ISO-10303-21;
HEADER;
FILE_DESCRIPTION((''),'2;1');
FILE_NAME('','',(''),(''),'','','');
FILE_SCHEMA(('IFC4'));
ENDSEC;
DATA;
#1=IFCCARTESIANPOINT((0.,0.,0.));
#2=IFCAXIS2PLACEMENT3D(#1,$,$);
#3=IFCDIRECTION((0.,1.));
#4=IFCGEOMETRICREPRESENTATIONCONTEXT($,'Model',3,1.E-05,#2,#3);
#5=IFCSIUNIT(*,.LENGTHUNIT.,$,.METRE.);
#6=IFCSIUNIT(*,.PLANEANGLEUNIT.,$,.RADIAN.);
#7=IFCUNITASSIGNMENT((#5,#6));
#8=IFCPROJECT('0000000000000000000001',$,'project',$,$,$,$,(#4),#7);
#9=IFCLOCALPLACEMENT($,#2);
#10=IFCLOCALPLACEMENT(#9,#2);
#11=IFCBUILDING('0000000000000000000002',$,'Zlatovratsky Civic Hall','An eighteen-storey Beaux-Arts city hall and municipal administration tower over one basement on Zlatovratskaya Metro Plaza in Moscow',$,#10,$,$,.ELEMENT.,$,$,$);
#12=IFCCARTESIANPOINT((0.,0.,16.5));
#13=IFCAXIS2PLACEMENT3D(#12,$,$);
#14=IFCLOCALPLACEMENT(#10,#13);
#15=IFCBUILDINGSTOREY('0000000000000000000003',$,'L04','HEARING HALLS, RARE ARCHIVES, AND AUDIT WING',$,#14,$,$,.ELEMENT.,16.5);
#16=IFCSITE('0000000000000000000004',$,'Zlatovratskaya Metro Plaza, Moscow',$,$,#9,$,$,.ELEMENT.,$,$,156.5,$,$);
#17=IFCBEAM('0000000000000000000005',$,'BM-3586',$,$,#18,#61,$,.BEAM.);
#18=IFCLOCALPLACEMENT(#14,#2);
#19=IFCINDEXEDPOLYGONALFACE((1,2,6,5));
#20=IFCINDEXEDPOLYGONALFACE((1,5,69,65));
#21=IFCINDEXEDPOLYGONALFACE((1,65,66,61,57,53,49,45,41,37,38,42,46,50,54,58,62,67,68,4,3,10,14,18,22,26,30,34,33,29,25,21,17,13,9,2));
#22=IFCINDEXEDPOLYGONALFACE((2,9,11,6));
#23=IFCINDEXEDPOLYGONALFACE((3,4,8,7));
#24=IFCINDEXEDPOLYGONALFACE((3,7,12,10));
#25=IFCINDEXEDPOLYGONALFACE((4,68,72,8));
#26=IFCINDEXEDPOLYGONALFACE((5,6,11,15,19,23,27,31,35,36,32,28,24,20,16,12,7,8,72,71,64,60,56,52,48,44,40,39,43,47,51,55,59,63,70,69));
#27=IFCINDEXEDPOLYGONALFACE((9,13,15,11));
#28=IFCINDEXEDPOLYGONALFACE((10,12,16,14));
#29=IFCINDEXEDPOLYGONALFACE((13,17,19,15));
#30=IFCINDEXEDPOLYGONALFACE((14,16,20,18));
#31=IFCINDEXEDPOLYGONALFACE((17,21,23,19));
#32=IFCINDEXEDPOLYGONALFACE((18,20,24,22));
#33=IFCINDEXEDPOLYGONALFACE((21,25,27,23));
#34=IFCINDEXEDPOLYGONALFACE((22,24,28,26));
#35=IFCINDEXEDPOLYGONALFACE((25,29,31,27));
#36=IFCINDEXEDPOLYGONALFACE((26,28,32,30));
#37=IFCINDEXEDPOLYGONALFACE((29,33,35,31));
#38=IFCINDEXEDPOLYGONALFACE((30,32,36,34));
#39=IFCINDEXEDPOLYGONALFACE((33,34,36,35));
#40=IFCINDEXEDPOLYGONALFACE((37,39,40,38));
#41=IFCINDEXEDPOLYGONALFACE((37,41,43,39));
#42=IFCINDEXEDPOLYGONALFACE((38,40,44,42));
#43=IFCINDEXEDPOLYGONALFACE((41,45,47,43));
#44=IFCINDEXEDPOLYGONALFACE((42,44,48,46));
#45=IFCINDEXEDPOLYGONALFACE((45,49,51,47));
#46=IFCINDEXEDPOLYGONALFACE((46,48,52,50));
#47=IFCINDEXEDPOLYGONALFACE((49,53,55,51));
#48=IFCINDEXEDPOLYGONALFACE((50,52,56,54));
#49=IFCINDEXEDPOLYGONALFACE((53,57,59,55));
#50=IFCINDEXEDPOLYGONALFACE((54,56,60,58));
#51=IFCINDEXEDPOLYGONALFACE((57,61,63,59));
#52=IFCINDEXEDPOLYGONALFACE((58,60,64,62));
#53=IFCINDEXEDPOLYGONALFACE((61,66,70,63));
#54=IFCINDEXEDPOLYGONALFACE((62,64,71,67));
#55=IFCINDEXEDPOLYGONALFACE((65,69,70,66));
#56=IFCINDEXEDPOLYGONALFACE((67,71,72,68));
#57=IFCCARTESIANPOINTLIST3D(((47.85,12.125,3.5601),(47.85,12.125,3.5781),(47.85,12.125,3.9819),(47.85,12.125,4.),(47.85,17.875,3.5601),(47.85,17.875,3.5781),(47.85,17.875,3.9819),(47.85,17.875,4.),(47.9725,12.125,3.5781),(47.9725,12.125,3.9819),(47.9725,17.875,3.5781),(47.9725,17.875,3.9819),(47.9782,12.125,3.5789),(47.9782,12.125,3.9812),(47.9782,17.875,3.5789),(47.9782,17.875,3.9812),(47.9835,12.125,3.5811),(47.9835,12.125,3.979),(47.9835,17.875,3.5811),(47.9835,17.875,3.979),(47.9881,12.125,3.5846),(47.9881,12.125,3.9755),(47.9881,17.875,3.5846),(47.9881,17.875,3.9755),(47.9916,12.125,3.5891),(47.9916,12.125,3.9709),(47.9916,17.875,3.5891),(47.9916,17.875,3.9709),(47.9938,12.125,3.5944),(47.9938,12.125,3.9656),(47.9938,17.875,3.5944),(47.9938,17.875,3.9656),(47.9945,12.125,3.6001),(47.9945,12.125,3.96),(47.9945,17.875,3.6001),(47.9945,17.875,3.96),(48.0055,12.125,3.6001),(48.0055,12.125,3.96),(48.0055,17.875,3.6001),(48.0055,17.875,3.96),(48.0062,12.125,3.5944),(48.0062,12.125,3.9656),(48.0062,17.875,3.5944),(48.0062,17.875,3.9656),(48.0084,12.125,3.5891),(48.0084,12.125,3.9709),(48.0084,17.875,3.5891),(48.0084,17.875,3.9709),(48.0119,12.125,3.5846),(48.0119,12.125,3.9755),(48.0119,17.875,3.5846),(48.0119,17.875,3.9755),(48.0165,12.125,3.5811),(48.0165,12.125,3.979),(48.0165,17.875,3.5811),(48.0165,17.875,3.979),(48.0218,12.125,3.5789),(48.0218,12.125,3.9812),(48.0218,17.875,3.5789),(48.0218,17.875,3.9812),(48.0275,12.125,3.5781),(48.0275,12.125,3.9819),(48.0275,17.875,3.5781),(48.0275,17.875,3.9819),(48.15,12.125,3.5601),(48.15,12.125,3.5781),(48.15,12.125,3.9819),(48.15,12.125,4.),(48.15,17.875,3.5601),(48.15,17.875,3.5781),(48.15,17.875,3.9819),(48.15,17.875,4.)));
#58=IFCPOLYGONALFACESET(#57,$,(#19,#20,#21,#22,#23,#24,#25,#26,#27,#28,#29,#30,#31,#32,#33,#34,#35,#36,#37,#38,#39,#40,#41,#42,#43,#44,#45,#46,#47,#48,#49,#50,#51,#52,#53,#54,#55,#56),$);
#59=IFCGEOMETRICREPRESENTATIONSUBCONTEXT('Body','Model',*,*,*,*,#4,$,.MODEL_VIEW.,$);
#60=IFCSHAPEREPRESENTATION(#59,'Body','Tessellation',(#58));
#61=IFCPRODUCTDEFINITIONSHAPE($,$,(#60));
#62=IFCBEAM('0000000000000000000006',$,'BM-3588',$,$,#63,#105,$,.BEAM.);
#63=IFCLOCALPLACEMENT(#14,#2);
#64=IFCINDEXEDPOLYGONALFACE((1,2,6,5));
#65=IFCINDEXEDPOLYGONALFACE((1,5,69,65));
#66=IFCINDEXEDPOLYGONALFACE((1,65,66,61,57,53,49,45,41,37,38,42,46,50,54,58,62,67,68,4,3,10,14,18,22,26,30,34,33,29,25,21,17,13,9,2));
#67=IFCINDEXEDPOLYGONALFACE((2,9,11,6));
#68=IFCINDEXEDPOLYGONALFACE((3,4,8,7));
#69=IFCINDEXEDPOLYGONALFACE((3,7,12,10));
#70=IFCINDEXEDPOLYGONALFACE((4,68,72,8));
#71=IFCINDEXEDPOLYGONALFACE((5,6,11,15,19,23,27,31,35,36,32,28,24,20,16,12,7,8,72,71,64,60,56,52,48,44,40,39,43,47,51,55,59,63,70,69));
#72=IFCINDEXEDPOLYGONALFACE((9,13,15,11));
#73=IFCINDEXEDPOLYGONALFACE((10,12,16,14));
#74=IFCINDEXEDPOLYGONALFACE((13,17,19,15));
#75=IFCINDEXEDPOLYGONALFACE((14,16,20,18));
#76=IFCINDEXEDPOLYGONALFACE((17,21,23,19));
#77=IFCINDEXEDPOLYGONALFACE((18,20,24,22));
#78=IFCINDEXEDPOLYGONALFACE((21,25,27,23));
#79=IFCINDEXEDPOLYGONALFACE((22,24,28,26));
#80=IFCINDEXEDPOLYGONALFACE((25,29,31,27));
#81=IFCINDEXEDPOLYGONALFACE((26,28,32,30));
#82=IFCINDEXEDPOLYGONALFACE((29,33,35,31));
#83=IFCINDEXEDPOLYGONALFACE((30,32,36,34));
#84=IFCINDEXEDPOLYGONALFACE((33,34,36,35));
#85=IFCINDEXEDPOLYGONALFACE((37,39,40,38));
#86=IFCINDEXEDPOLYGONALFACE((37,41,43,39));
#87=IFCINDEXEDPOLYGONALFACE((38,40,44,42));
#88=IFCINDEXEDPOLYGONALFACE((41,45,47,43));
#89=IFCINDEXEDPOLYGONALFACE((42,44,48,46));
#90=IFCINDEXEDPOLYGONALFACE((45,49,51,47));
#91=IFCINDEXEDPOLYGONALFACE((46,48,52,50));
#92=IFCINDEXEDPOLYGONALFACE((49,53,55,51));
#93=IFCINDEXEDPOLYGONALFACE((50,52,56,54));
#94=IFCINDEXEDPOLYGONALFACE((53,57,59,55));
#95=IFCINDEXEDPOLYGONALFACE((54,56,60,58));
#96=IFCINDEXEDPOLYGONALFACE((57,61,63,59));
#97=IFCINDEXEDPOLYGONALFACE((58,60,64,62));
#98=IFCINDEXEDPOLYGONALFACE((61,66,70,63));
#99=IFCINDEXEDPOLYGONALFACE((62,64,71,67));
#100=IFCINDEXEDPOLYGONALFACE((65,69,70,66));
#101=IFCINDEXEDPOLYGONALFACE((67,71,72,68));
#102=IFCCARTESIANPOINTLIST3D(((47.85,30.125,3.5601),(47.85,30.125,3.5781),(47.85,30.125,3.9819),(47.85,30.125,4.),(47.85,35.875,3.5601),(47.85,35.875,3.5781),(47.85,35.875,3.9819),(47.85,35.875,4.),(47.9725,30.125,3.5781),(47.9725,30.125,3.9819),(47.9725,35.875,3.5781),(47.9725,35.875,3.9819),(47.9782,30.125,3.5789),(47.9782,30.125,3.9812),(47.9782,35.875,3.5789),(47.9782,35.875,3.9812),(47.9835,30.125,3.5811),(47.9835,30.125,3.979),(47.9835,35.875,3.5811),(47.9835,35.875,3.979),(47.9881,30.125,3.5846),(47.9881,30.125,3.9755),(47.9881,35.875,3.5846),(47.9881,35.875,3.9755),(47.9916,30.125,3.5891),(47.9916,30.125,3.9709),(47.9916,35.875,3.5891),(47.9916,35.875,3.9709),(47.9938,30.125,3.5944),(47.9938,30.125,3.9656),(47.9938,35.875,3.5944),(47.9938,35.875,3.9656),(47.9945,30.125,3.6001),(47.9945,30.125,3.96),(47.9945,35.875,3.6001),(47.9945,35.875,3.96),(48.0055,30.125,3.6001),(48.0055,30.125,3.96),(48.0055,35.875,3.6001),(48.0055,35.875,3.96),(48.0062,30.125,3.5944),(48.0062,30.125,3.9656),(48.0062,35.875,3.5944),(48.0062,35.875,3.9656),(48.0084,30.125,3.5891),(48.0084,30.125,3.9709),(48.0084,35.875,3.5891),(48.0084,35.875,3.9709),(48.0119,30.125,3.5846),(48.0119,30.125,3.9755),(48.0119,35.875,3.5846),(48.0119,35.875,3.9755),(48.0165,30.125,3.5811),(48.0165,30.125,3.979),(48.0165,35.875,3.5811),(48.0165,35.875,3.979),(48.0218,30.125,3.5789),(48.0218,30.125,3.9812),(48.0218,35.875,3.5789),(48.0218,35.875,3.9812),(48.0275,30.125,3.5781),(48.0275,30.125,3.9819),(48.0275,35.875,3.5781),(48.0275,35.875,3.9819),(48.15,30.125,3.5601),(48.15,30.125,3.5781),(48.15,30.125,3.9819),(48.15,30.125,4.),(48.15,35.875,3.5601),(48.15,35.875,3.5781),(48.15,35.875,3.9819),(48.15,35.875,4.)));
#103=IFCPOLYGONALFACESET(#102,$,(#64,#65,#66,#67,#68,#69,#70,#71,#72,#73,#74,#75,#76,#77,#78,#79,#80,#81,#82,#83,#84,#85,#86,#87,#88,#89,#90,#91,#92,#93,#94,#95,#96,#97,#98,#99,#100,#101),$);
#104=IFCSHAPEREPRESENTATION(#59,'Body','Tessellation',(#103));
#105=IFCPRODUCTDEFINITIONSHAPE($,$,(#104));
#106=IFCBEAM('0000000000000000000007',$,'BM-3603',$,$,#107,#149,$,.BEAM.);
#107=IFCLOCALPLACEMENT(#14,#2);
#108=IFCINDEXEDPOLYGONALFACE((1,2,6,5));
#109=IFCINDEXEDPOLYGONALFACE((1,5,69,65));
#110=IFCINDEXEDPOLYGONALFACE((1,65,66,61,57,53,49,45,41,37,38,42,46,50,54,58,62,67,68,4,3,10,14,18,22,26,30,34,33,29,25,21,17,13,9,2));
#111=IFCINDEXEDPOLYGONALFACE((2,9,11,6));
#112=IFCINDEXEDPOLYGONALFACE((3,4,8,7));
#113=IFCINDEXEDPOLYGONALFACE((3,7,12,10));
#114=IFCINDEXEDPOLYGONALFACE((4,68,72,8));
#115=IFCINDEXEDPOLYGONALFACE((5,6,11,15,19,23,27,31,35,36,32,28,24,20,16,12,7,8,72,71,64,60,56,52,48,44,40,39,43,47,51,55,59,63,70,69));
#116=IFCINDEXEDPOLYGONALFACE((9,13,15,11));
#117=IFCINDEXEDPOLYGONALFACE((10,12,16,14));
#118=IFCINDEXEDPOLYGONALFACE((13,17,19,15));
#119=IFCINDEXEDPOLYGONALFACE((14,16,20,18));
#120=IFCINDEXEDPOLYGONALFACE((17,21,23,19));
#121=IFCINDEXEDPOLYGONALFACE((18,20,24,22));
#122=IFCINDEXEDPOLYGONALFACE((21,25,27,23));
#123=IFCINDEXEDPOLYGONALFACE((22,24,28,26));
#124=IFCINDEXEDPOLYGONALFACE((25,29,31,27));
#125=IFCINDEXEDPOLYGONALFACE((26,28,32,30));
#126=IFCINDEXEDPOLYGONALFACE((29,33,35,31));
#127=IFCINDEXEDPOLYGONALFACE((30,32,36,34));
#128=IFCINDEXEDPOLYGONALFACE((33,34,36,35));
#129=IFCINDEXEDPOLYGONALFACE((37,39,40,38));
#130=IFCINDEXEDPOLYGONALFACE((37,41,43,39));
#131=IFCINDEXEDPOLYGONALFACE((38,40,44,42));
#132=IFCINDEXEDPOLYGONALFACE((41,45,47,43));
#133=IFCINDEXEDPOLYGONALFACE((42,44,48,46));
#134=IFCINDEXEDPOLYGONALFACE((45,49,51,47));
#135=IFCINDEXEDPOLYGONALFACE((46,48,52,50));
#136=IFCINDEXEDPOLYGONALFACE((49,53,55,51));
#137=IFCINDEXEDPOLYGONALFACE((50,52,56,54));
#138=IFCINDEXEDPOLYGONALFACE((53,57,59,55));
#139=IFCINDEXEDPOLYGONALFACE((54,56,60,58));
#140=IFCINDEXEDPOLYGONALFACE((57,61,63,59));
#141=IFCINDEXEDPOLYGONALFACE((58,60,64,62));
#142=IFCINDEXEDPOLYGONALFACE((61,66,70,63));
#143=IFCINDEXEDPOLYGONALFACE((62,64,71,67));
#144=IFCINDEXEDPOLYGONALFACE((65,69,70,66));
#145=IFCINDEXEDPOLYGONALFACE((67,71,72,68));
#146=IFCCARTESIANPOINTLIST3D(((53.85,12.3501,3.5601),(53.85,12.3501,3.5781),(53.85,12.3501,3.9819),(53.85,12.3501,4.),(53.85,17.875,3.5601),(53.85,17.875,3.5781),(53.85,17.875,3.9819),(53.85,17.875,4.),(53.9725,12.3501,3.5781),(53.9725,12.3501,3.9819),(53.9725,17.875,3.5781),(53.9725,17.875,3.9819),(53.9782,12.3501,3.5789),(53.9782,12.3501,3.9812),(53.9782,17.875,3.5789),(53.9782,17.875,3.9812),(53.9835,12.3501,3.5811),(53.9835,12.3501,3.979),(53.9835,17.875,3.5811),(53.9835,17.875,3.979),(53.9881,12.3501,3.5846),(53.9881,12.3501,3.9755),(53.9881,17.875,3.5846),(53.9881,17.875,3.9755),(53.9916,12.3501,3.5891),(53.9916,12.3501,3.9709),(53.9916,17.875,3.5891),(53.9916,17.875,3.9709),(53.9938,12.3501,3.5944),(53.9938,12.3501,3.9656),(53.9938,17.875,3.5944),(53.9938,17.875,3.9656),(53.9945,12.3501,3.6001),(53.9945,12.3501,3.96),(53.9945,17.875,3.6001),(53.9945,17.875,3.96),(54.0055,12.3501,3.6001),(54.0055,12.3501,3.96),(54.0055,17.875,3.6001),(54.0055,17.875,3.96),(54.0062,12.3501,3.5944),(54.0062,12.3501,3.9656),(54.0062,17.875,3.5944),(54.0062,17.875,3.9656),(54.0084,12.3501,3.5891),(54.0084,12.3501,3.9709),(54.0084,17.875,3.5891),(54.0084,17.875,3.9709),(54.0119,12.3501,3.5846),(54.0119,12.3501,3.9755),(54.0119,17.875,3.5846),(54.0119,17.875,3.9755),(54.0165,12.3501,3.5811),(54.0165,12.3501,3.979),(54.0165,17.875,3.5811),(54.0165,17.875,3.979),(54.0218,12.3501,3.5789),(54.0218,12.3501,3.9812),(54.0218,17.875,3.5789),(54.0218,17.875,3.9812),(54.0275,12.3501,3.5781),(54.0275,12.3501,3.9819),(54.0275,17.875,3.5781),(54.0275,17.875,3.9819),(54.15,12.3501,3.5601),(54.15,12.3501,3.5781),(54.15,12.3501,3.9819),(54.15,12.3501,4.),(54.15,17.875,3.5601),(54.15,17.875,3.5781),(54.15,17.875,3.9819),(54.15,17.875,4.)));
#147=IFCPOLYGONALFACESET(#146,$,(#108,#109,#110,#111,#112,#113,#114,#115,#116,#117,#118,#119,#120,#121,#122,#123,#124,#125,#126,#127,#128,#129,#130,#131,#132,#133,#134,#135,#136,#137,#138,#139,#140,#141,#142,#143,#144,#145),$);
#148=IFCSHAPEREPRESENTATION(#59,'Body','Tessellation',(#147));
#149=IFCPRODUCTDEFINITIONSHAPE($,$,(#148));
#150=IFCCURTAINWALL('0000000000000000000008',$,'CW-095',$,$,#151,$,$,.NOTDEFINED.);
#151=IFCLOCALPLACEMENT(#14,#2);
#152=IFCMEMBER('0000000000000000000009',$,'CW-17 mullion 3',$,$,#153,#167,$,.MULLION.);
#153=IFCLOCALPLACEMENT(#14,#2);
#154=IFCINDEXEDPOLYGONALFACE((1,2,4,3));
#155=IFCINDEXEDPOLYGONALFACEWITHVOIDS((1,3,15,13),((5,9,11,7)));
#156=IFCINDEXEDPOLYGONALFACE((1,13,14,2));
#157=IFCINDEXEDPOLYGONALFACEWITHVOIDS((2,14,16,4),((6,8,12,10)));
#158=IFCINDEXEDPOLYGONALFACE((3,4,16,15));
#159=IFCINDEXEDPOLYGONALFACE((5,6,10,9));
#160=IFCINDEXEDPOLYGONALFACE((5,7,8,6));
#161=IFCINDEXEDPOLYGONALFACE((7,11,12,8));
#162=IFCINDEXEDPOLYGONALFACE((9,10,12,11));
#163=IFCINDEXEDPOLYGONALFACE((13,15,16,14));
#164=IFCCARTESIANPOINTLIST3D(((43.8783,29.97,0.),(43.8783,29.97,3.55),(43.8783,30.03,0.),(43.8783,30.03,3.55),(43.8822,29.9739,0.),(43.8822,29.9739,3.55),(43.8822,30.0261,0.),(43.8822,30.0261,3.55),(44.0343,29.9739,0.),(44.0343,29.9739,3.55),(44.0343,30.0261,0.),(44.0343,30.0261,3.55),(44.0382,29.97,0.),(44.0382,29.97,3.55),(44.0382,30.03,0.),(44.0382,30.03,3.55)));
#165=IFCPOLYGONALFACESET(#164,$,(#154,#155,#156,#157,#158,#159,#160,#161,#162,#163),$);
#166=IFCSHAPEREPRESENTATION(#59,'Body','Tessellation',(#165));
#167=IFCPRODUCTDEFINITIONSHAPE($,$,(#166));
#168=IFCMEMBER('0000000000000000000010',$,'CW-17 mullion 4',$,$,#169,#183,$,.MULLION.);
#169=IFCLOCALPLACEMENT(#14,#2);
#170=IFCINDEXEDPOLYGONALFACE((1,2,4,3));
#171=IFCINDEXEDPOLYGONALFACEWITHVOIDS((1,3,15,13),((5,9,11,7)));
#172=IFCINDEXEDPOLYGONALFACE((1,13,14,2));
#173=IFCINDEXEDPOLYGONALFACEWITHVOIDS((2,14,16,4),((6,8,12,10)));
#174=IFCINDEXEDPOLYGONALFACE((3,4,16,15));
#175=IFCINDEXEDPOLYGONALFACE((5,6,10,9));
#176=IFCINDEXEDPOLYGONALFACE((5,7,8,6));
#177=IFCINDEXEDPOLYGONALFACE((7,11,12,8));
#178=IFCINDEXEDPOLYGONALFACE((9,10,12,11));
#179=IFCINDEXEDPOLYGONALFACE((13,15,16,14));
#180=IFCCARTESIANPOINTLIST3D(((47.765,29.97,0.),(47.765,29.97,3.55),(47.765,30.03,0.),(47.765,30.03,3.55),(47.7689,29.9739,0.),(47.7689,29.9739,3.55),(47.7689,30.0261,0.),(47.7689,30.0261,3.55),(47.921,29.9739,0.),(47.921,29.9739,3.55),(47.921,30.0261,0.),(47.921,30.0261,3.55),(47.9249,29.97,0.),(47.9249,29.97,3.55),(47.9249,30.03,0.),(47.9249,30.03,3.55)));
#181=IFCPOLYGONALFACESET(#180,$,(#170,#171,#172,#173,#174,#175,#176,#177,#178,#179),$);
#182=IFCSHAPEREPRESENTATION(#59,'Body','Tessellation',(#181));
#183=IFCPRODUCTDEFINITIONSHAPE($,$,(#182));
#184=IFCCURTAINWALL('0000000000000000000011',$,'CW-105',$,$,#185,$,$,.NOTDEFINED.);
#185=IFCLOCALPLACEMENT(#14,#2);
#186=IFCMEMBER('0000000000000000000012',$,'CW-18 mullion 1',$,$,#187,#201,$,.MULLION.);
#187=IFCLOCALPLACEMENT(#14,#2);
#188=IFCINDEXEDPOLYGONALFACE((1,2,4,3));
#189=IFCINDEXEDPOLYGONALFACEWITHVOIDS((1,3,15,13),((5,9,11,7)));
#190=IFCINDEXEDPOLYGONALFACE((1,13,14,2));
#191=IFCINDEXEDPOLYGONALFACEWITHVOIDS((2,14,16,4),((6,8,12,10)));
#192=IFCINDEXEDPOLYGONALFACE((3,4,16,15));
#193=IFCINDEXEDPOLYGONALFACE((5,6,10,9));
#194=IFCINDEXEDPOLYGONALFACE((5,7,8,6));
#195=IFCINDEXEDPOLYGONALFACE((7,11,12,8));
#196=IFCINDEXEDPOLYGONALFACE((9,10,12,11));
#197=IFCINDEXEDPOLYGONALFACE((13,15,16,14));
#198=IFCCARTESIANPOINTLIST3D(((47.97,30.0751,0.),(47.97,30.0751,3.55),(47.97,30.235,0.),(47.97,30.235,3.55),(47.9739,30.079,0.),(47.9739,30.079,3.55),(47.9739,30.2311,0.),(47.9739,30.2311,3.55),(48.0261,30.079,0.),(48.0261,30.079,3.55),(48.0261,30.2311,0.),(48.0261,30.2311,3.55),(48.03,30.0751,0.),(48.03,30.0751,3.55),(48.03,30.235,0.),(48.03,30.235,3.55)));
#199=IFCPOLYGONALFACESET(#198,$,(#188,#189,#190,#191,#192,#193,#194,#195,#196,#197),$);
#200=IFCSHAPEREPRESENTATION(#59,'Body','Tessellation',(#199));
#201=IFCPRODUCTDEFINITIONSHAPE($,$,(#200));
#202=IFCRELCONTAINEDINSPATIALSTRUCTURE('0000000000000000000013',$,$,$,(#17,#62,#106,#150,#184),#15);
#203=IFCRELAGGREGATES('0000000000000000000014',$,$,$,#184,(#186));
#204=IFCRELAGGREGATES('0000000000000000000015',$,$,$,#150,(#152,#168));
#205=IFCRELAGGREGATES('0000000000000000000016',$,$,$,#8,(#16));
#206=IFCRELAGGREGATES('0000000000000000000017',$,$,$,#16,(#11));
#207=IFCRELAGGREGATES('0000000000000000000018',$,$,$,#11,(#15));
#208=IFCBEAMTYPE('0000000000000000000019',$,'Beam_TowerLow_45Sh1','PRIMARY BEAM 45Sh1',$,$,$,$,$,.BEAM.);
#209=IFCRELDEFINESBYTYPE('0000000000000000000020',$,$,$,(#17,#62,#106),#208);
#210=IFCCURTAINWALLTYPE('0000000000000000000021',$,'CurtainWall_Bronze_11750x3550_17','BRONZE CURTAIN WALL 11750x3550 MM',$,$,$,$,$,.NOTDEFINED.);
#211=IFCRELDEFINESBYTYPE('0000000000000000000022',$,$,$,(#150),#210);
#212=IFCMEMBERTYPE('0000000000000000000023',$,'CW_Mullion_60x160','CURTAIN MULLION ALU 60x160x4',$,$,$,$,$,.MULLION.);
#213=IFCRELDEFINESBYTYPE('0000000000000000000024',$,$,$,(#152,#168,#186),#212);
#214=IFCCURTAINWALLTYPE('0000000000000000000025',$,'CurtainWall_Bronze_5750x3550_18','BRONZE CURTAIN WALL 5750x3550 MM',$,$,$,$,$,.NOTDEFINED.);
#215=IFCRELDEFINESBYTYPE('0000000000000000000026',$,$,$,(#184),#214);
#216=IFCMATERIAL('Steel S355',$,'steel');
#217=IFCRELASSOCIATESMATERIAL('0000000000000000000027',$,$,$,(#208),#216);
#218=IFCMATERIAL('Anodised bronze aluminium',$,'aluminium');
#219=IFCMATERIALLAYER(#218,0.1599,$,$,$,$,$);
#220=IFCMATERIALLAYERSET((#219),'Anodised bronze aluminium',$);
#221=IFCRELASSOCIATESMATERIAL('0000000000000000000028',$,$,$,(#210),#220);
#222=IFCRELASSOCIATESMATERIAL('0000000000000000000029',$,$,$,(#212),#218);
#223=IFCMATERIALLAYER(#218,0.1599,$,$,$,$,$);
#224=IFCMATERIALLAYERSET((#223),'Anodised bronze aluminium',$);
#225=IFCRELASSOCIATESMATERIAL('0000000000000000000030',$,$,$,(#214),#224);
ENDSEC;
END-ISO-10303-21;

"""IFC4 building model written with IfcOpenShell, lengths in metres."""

from ifc_helpers import new_model, si_unit, direction, frame, origin, origin_2d, place, context, subcontext, project, spatial, hollow_rectangle, i_section, extrude, material, layer, layer_set, material_profile, profile_set, type_object, element, aggregate, save


model = new_model("IFC4")

# Units and contexts
model_context = context("Model", 3, precision=1e-05, world=origin(), true_north=direction((0.0, 1.0)))
body_context = subcontext(model_context, "Body", "Model", "MODEL_VIEW")
ifc_project = project(units=[si_unit("LENGTHUNIT", "METRE"), si_unit("PLANEANGLEUNIT", "RADIAN")], contexts=[model_context])

# Site, building, storey
site_placement = place(None, origin())
site = spatial("IfcSite", under=ifc_project, at=site_placement, Name="Zlatovratskaya Metro Plaza, Moscow", CompositionType="ELEMENT", RefElevation=156.5)
building_placement = place(site_placement, origin())
building = spatial("IfcBuilding", under=site, at=building_placement, Name="Zlatovratsky Civic Hall", Description="An eighteen-storey Beaux-Arts city hall and municipal administration tower over one basement on Zlatovratskaya Metro Plaza in Moscow", CompositionType="ELEMENT")
storey_placement = place(building_placement, frame((0.0, 0.0, 16.5)))
storey = spatial("IfcBuildingStorey", under=building, at=storey_placement, Name="L04", Description="HEARING HALLS, RARE ARCHIVES, AND AUDIT WING", CompositionType="ELEMENT", Elevation=16.5)

# Shared definitions
ifc_material_1 = material(Name="Steel S355", Category="steel")

# Beams
ifc_material_profile_1 = material_profile(ifc_material_1, i_section(OverallWidth=0.3, OverallDepth=0.4399, WebThickness=0.011, FlangeThickness=0.0181, FilletRadius=0.022, at=origin_2d()), Name="45Sh1")
ifc_profile_set_1 = profile_set([ifc_material_profile_1], Name="Steel S355")
beam_type_1 = type_object("IfcBeamType", Name="Beam_TowerLow_45Sh1", Description="PRIMARY BEAM 45Sh1", PredefinedType="BEAM", material=ifc_profile_set_1)
for number, where, z_axis, x_axis, name in (
    (1, (48.0, 12.125, 3.78), (0.0, 1.0, 0.0), (-1.0, 0.0, 0.0), "BM-3586"),
    (2, (48.0, 30.125, 3.78), (0.0, 1.0, 0.0), (-1.0, 0.0, 0.0), "BM-3588"),
):
    element("IfcBeam", number, at=place(storey_placement, frame(where, z_axis=z_axis, x_axis=x_axis)), inside=storey, type_object=beam_type_1, Name=name, PredefinedType="BEAM", context=body_context, shape_type="SweptSolid", body=[
        extrude(i_section(OverallWidth=0.3, OverallDepth=0.4399, WebThickness=0.011, FlangeThickness=0.0181, FilletRadius=0.022, at=origin_2d()), origin(), (0.0, 0.0, 1.0), 5.75),
    ])
beam_1_placement = place(storey_placement, frame((54.0, 12.3501, 3.78), z_axis=(0.0, 1.0, 0.0), x_axis=(-1.0, 0.0, 0.0)))
element("IfcBeam", 3, at=beam_1_placement, inside=storey, type_object=beam_type_1, Name="BM-3603", PredefinedType="BEAM", context=body_context, shape_type="SweptSolid", body=[
    extrude(i_section(OverallWidth=0.3, OverallDepth=0.4399, WebThickness=0.011, FlangeThickness=0.0181, FilletRadius=0.022, at=origin_2d()), origin(), (0.0, 0.0, 1.0), 5.5249),
])

# Curtain walls, members
ifc_material_2 = material(Name="Anodised bronze aluminium", Category="aluminium")
ifc_layer_1 = layer(ifc_material_2, 0.1599)
ifc_layer_set_1 = layer_set([ifc_layer_1], Name="Anodised bronze aluminium")
curtain_wall_type_1 = type_object("IfcCurtainWallType", Name="CurtainWall_Bronze_11750x3550_17", Description="BRONZE CURTAIN WALL 11750x3550 MM", PredefinedType="NOTDEFINED", material=ifc_layer_set_1)
curtain_wall_1_placement = place(storey_placement, origin())
curtain_wall_1 = element("IfcCurtainWall", 4, at=curtain_wall_1_placement, inside=storey, type_object=curtain_wall_type_1, Name="CW-095", PredefinedType="NOTDEFINED")
ifc_material_profile_2 = material_profile(ifc_material_2, hollow_rectangle(XDim=0.0601, YDim=0.1599, WallThickness=0.0039, at=origin_2d()), Name="ALU 60x160x4")
ifc_profile_set_2 = profile_set([ifc_material_profile_2], Name="Anodised bronze aluminium")
member_type_1 = type_object("IfcMemberType", Name="CW_Mullion_60x160", Description="CURTAIN MULLION ALU 60x160x4", PredefinedType="MULLION", material=ifc_profile_set_2)
member_1_placement = place(storey_placement, frame((43.9583, 30.0, 0.0), z_axis=(0.0, 0.0, 1.0), x_axis=(0.0, 1.0, 0.0)))
member_1 = element("IfcMember", 5, at=member_1_placement, type_object=member_type_1, Name="CW-17 mullion 3", PredefinedType="MULLION", context=body_context, shape_type="SweptSolid", body=[
    extrude(hollow_rectangle(XDim=0.0601, YDim=0.1599, WallThickness=0.0039, at=origin_2d()), origin(), (0.0, 0.0, 1.0), 3.55),
])
member_2_placement = place(storey_placement, frame((47.845, 30.0, 0.0), z_axis=(0.0, 0.0, 1.0), x_axis=(0.0, 1.0, 0.0)))
member_2 = element("IfcMember", 6, at=member_2_placement, type_object=member_type_1, Name="CW-17 mullion 4", PredefinedType="MULLION", context=body_context, shape_type="SweptSolid", body=[
    extrude(hollow_rectangle(XDim=0.0601, YDim=0.1599, WallThickness=0.0039, at=origin_2d()), origin(), (0.0, 0.0, 1.0), 3.55),
])
ifc_layer_2 = layer(ifc_material_2, 0.1599)
ifc_layer_set_2 = layer_set([ifc_layer_2], Name="Anodised bronze aluminium")
curtain_wall_type_2 = type_object("IfcCurtainWallType", Name="CurtainWall_Bronze_5750x3550_18", Description="BRONZE CURTAIN WALL 5750x3550 MM", PredefinedType="NOTDEFINED", material=ifc_layer_set_2)
curtain_wall_2_placement = place(storey_placement, origin())
curtain_wall_2 = element("IfcCurtainWall", 7, at=curtain_wall_2_placement, inside=storey, type_object=curtain_wall_type_2, Name="CW-105", PredefinedType="NOTDEFINED")
member_3_placement = place(storey_placement, frame((48.0, 30.155, 0.0), z_axis=(0.0, 0.0, 1.0), x_axis=(-1.0, 0.0, 0.0)))
member_3 = element("IfcMember", 8, at=member_3_placement, type_object=member_type_1, Name="CW-18 mullion 1", PredefinedType="MULLION", context=body_context, shape_type="SweptSolid", body=[
    extrude(hollow_rectangle(XDim=0.0601, YDim=0.1599, WallThickness=0.0039, at=origin_2d()), origin(), (0.0, 0.0, 1.0), 3.55),
])
aggregate(curtain_wall_2, [member_3])

aggregate(curtain_wall_1, [member_1, member_2])

save(model, "model.ifc")
